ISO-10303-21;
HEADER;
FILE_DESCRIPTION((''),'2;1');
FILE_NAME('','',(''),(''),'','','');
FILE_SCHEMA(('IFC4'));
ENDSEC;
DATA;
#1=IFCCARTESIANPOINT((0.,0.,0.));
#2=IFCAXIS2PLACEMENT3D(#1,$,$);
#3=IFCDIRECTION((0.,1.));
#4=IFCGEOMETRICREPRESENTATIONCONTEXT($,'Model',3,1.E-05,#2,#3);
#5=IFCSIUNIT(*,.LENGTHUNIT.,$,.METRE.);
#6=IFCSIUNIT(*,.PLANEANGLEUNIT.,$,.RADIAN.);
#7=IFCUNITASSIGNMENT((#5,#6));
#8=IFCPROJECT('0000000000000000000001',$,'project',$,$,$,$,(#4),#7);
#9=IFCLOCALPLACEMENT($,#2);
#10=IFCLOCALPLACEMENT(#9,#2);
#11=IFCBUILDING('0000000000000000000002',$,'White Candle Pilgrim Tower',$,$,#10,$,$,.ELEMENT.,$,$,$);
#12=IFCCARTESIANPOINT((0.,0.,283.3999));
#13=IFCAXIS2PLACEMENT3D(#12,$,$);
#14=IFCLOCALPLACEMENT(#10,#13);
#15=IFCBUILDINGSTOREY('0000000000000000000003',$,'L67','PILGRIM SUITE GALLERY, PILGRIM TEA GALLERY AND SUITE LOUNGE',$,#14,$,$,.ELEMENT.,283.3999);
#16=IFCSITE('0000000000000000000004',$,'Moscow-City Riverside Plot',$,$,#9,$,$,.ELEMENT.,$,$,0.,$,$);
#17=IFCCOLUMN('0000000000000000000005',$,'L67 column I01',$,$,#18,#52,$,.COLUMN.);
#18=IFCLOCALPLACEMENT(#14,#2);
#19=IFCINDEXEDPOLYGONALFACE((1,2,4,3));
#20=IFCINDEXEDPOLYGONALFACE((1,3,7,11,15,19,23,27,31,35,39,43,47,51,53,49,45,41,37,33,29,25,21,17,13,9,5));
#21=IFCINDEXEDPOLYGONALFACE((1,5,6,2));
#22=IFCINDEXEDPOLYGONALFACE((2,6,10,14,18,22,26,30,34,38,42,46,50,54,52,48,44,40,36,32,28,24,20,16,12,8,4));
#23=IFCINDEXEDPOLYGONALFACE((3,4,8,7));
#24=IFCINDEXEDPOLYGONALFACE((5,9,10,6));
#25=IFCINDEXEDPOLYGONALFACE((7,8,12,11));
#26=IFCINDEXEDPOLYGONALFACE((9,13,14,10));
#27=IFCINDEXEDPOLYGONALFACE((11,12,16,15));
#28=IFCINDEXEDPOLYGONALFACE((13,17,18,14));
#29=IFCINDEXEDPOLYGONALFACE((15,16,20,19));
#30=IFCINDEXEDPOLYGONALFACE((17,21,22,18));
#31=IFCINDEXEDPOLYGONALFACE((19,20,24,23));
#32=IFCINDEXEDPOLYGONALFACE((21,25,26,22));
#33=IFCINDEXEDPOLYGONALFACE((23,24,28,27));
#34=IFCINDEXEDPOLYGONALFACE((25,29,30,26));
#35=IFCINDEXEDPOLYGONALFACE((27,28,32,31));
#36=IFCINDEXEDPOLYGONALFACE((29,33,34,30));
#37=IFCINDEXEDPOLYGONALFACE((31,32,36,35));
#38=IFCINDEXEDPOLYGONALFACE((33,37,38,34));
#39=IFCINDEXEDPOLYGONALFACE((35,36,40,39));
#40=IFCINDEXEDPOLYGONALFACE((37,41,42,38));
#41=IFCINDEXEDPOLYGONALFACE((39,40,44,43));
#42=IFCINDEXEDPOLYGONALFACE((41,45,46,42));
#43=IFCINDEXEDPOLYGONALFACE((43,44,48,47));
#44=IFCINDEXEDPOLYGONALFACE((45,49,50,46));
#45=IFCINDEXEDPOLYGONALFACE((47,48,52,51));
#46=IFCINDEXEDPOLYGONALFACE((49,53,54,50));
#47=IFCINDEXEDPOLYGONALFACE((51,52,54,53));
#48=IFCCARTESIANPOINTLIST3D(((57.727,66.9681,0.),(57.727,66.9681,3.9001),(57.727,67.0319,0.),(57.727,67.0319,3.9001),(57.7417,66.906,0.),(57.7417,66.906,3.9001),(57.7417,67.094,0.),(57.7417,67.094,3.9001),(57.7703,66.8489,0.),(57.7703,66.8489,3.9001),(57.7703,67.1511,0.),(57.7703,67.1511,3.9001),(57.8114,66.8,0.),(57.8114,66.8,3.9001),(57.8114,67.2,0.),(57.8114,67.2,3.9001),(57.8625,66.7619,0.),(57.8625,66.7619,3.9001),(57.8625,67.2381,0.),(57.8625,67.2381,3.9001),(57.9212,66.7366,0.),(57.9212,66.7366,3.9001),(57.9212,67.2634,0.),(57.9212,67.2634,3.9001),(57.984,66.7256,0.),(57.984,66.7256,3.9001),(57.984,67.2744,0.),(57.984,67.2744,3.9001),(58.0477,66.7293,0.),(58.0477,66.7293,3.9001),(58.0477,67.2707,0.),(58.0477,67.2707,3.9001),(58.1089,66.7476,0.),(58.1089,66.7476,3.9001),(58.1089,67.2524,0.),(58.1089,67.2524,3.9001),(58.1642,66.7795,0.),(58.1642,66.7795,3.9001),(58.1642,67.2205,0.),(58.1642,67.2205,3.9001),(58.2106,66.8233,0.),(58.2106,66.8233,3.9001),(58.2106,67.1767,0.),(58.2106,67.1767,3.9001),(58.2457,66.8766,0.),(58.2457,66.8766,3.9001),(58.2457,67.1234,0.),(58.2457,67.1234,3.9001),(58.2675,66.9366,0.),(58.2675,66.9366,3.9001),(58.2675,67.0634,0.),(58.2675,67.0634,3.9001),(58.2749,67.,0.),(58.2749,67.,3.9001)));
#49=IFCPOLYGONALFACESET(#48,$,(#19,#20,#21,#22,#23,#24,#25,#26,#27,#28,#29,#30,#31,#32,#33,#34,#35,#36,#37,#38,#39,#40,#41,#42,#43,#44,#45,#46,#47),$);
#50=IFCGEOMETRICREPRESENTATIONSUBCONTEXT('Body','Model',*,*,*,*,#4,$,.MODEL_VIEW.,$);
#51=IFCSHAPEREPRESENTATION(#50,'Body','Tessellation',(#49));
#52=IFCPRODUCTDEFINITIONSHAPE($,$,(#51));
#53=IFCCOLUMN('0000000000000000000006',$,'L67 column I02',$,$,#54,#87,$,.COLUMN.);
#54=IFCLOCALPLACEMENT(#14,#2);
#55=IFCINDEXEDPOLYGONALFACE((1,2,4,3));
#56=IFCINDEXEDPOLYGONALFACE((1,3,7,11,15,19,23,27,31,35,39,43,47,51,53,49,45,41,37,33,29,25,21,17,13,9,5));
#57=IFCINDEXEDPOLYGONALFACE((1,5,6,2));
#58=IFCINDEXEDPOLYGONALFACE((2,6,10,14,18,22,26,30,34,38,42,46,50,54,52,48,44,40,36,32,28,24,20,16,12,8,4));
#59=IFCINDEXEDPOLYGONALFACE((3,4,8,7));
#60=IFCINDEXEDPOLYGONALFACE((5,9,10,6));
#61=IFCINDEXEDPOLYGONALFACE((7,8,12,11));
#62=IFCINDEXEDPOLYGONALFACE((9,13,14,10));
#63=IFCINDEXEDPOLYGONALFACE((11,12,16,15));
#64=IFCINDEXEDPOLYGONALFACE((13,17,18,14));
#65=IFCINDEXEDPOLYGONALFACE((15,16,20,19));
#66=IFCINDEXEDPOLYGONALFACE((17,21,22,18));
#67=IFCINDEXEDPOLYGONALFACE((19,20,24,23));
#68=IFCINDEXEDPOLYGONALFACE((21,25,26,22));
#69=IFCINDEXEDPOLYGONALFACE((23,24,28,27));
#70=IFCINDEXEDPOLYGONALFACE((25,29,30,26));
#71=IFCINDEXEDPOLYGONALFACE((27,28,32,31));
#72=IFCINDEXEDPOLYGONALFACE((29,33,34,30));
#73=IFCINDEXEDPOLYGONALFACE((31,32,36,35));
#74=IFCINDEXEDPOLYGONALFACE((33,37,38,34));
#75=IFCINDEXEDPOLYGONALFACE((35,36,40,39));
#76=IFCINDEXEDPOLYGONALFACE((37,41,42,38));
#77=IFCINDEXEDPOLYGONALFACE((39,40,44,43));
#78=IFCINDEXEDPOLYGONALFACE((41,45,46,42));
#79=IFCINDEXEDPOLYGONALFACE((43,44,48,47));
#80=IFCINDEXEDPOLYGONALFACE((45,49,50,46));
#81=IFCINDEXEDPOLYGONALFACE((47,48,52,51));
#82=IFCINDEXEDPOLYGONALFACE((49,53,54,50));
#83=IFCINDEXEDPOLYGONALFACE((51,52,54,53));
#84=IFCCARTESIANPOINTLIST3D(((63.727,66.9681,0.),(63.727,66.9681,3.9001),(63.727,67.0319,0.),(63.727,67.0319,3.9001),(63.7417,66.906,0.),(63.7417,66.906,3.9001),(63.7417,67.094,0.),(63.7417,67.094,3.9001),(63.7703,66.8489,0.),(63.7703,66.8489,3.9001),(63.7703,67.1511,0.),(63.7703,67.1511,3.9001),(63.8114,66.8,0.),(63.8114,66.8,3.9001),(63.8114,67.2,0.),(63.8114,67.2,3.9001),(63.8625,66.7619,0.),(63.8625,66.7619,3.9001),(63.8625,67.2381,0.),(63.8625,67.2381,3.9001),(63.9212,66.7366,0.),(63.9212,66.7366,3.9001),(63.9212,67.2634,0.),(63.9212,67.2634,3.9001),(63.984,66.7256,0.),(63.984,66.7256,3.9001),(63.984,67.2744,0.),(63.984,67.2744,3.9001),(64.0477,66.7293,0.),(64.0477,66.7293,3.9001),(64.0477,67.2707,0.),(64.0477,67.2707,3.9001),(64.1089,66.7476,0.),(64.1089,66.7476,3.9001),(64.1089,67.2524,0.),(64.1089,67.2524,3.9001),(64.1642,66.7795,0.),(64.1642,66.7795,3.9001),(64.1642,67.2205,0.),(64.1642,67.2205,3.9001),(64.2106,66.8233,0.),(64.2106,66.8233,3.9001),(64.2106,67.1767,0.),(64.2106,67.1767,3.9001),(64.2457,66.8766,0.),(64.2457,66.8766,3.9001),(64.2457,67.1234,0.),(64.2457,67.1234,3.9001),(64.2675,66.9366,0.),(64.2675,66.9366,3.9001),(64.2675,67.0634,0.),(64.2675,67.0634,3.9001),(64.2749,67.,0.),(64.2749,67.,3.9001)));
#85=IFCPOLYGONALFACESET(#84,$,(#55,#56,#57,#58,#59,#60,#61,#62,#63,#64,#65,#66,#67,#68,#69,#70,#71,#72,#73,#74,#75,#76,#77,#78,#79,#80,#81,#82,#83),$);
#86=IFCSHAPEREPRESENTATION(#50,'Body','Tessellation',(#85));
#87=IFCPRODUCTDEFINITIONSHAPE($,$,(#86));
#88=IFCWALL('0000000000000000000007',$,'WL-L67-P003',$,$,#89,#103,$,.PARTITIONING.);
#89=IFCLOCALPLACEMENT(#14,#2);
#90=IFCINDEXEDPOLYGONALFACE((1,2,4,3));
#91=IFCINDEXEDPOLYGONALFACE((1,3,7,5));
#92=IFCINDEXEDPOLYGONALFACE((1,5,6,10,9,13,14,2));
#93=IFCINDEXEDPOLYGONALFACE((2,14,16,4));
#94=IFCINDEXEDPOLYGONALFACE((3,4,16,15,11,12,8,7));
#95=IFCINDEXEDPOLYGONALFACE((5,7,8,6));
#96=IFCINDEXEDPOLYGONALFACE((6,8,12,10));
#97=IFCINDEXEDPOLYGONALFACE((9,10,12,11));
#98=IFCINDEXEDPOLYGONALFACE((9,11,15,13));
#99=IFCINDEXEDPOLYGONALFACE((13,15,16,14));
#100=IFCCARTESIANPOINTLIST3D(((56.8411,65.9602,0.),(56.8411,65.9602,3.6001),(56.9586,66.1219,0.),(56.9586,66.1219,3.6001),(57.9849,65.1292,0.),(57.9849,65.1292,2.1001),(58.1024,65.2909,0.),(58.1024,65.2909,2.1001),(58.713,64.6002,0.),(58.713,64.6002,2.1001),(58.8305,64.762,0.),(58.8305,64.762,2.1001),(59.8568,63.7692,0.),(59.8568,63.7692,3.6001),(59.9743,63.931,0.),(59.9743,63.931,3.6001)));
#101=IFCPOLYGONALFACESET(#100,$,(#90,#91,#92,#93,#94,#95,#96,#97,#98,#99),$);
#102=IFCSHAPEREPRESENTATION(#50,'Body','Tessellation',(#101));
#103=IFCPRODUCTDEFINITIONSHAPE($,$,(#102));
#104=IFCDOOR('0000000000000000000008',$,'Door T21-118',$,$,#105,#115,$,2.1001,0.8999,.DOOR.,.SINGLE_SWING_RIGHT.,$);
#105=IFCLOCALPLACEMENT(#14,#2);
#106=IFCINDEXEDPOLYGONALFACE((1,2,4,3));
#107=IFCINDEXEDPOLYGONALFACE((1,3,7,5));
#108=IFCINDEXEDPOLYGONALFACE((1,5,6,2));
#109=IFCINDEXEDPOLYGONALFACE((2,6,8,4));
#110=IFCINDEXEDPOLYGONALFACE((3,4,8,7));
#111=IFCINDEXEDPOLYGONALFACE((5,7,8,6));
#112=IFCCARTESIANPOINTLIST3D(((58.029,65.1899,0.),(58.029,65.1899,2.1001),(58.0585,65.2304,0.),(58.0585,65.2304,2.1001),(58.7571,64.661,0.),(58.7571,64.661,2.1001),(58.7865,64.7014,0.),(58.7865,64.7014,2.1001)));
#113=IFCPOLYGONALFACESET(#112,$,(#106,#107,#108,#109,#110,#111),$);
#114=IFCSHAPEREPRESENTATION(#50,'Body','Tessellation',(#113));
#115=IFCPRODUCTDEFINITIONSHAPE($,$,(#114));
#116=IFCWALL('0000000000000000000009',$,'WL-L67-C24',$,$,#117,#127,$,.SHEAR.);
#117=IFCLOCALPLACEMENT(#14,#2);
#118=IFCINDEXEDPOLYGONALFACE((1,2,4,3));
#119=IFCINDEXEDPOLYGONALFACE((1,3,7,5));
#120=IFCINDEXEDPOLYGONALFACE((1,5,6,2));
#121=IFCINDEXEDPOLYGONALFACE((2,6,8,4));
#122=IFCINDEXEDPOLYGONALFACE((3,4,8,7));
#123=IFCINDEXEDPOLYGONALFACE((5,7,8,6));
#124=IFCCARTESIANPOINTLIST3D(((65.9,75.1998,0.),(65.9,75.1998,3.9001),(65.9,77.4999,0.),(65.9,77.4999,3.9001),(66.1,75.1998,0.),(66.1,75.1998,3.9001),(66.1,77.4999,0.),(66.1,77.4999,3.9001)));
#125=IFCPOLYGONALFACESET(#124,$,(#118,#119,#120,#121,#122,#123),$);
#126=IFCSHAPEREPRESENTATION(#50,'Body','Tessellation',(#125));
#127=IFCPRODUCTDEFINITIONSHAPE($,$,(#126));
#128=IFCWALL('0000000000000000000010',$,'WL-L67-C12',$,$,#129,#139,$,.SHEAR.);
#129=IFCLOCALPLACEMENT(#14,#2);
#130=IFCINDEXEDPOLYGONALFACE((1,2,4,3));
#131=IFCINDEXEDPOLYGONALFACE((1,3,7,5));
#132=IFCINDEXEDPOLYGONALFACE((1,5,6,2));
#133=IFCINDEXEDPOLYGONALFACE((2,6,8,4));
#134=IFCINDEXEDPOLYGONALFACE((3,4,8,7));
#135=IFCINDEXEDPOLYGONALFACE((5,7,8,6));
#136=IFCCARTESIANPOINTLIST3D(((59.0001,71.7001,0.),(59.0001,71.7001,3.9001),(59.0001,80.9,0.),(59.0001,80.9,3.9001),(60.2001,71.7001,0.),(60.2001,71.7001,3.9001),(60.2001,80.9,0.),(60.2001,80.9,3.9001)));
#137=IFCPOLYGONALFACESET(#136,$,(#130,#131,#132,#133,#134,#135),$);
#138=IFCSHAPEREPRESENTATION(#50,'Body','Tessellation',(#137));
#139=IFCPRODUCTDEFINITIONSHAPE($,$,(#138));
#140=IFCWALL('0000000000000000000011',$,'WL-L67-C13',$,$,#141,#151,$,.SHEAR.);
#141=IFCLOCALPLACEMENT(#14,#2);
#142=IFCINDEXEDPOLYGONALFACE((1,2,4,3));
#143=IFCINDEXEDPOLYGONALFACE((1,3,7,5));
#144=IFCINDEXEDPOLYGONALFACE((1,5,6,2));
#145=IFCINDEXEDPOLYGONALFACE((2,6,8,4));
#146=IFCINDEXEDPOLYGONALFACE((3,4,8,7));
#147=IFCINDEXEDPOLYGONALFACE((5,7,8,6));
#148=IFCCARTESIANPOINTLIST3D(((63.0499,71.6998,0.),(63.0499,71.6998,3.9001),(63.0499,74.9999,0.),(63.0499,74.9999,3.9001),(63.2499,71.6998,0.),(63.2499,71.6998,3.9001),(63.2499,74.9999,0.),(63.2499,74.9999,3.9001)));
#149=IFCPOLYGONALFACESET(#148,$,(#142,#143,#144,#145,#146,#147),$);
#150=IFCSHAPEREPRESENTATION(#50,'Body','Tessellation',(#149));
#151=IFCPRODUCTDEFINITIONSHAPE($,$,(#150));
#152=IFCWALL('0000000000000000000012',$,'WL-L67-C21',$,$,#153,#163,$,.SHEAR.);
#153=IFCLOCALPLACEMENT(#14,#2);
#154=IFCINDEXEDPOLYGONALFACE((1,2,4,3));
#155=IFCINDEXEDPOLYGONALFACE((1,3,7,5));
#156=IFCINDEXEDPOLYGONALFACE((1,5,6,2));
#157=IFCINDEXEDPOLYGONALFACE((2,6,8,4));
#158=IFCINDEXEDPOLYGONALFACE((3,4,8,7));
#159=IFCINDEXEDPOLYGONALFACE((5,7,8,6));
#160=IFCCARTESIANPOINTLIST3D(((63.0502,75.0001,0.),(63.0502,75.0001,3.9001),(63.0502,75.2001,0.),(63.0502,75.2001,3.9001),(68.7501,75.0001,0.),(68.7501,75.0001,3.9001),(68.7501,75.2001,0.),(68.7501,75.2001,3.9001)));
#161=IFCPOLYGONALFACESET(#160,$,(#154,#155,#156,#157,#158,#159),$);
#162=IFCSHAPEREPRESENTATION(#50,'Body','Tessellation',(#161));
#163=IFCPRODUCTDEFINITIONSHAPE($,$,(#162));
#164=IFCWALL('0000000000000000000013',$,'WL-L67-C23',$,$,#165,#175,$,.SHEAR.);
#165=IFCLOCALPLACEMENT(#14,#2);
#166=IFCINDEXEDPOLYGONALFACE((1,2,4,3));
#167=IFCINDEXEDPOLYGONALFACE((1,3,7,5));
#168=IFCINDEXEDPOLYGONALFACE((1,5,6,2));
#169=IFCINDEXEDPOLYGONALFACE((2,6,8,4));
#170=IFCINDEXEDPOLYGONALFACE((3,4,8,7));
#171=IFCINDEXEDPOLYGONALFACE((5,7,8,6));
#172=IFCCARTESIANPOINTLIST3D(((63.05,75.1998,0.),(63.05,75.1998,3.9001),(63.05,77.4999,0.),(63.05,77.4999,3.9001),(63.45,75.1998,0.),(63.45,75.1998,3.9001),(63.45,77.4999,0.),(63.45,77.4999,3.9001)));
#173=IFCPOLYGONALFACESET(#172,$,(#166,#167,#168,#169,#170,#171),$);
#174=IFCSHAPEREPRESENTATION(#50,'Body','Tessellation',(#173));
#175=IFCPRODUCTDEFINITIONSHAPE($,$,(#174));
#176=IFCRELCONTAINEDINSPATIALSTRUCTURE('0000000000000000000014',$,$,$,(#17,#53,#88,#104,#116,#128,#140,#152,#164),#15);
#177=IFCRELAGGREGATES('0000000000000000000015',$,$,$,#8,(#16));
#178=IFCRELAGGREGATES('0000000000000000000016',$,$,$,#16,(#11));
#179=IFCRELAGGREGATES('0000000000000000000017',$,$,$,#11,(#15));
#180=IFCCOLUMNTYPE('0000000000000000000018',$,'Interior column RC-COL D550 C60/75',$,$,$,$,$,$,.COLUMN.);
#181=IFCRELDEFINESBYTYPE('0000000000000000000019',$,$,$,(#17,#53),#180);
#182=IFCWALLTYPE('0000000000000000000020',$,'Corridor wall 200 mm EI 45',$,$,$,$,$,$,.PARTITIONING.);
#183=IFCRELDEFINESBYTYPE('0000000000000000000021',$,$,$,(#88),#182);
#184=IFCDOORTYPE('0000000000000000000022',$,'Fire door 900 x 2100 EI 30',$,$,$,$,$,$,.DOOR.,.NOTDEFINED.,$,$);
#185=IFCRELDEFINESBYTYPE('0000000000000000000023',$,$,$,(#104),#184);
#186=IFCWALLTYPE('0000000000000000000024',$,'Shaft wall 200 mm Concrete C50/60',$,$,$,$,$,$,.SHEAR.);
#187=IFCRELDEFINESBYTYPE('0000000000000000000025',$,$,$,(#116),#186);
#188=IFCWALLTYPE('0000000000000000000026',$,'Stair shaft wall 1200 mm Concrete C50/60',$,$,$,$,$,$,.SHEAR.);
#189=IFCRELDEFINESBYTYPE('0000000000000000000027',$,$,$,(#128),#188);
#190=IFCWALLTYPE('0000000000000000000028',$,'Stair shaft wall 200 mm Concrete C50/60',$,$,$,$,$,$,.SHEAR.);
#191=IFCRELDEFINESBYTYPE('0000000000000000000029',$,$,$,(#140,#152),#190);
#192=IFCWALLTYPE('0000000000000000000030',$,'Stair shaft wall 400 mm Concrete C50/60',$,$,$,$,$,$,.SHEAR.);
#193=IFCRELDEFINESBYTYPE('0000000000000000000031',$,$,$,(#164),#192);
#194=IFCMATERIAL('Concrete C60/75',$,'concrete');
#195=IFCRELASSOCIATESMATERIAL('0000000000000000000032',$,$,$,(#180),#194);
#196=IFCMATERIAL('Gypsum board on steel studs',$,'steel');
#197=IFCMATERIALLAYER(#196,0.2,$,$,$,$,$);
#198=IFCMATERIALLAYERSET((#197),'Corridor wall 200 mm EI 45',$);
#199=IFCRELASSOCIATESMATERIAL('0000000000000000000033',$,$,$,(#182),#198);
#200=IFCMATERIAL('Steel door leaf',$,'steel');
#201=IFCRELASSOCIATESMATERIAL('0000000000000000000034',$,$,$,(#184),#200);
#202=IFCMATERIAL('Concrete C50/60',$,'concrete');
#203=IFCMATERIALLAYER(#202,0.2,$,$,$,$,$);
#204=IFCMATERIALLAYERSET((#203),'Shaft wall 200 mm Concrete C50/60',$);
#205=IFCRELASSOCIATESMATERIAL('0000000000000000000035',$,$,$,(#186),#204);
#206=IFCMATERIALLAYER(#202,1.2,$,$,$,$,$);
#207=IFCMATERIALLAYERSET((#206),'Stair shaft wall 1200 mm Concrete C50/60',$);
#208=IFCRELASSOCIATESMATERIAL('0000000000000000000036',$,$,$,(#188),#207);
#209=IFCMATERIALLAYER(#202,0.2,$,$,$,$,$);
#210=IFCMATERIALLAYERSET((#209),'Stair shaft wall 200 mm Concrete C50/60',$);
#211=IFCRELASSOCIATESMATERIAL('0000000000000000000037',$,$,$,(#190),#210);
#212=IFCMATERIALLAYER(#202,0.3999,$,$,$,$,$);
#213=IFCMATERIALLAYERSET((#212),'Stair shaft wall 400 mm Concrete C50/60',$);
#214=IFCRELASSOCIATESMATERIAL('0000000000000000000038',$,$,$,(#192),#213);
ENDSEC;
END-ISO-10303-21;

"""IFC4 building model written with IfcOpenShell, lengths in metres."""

from ifc_helpers import new_model, si_unit, direction, frame, frame_2d, origin, origin_2d, place, context, subcontext, project, spatial, rectangle, circle, extrude, material, layer, layer_set, material_profile, profile_set, type_object, element, fill, save


model = new_model("IFC4")

# Units and contexts
model_context = context("Model", 3, precision=1e-05, world=origin(), true_north=direction((0.0, 1.0)))
body_context = subcontext(model_context, "Body", "Model", "MODEL_VIEW")
ifc_project = project(units=[si_unit("LENGTHUNIT", "METRE"), si_unit("PLANEANGLEUNIT", "RADIAN")], contexts=[model_context])

# Site, building, storey
site_placement = place(None, origin())
site = spatial("IfcSite", under=ifc_project, at=site_placement, Name="Moscow-City Riverside Plot", CompositionType="ELEMENT", RefElevation=0.0)
building_placement = place(site_placement, origin())
building = spatial("IfcBuilding", under=site, at=building_placement, Name="White Candle Pilgrim Tower", CompositionType="ELEMENT")
storey_placement = place(building_placement, frame((0.0, 0.0, 283.3999)))
storey = spatial("IfcBuildingStorey", under=building, at=storey_placement, Name="L67", Description="PILGRIM SUITE GALLERY, PILGRIM TEA GALLERY AND SUITE LOUNGE", CompositionType="ELEMENT", Elevation=283.3999)

# Columns
ifc_material_1 = material(Name="Concrete C60/75", Category="concrete")
ifc_material_profile = material_profile(ifc_material_1, circle(Radius=0.2749, at=origin_2d()), Name="RC-COL D550")
ifc_profile_set = profile_set([ifc_material_profile], Name="Concrete C60/75")
column_type = type_object("IfcColumnType", Name="Interior column RC-COL D550 C60/75", PredefinedType="COLUMN", material=ifc_profile_set)
for number, where, z_axis, x_axis, name in (
    (1, (58.0, 67.0, 0.0), (0.0, 0.0, 1.0), (1.0, 0.0, 0.0), "L67 column I01"),
    (2, (64.0, 67.0, 0.0), (0.0, 0.0, 1.0), (1.0, 0.0, 0.0), "L67 column I02"),
):
    element("IfcColumn", number, at=place(storey_placement, frame(where, z_axis=z_axis, x_axis=x_axis)), inside=storey, type_object=column_type, Name=name, PredefinedType="COLUMN", context=body_context, shape_type="SweptSolid", body=[
        extrude(circle(Radius=0.2749, at=origin_2d()), origin(), (0.0, 0.0, 1.0), 3.9001),
    ])

# Wall, opening, door
ifc_material_2 = material(Name="Gypsum board on steel studs", Category="steel")
ifc_layer_1 = layer(ifc_material_2, 0.2)
ifc_layer_set_1 = layer_set([ifc_layer_1], Name="Corridor wall 200 mm EI 45")
wall_type_1 = type_object("IfcWallType", Name="Corridor wall 200 mm EI 45", PredefinedType="PARTITIONING", material=ifc_layer_set_1)
wall_1_placement = place(storey_placement, frame((59.9155, 63.8501, 0.0), z_axis=(0.0, 0.0, 1.0), x_axis=(-0.809025, 0.587774, 0.0)))
wall_1 = element("IfcWall", 3, at=wall_1_placement, inside=storey, type_object=wall_type_1, Name="WL-L67-P003", PredefinedType="PARTITIONING", context=body_context, shape_type="SweptSolid", body=[
    extrude(rectangle(XDim=3.7275, YDim=0.2, at=frame_2d((1.8638, 0.0))), origin(), (0.0, 0.0, 1.0), 3.6001),
])
opening_1_placement = place(wall_1_placement, frame((1.4138, 0.0, 0.0)))
opening_1 = element("IfcOpeningElement", 4, at=opening_1_placement, cuts=wall_1, PredefinedType="OPENING", context=body_context, shape_type="SweptSolid", body=[
    extrude(rectangle(XDim=0.8999, YDim=2.1001, at=frame_2d((0.45, 1.05))), frame((0.0, 0.1099, 0.0), z_axis=(0.0, -1.0, 0.0), x_axis=(1.0, 0.0, 0.0)), (0.0, 0.0, 1.0), 0.22),
])
ifc_material_3 = material(Name="Steel door leaf", Category="steel")
door_type_1 = type_object("IfcDoorType", Name="Fire door 900 x 2100 EI 30", OperationType="NOTDEFINED", PredefinedType="DOOR", material=ifc_material_3)
door_1_placement = place(opening_1_placement, origin())
door_1 = element("IfcDoor", 5, at=door_1_placement, inside=storey, type_object=door_type_1, Name="Door T21-118", OperationType="SINGLE_SWING_RIGHT", OverallHeight=2.1001, OverallWidth=0.8999, PredefinedType="DOOR", context=body_context, shape_type="SweptSolid", body=[
    extrude(rectangle(XDim=0.8999, YDim=2.1001, at=frame_2d((0.45, 1.05))), frame((0.0, 0.0249, 0.0), z_axis=(0.0, -1.0, 0.0), x_axis=(1.0, 0.0, 0.0)), (0.0, 0.0, 1.0), 0.05),
])
fill(opening_1, door_1)

# Walls
ifc_material_4 = material(Name="Concrete C50/60", Category="concrete")
ifc_layer_2 = layer(ifc_material_4, 0.2)
ifc_layer_set_2 = layer_set([ifc_layer_2], Name="Shaft wall 200 mm Concrete C50/60")
wall_type_2 = type_object("IfcWallType", Name="Shaft wall 200 mm Concrete C50/60", PredefinedType="SHEAR", material=ifc_layer_set_2)
wall_2_placement = place(storey_placement, frame((66.0, 75.2, 0.0), z_axis=(0.0, 0.0, 1.0), x_axis=(0.0, 1.0, 0.0)))
element("IfcWall", 6, at=wall_2_placement, inside=storey, type_object=wall_type_2, Name="WL-L67-C24", PredefinedType="SHEAR", context=body_context, shape_type="SweptSolid", body=[
    extrude(rectangle(XDim=2.3, YDim=0.2, at=frame_2d((1.1499, 0.0))), origin(), (0.0, 0.0, 1.0), 3.9001),
])
ifc_layer_3 = layer(ifc_material_4, 1.2)
ifc_layer_set_3 = layer_set([ifc_layer_3], Name="Stair shaft wall 1200 mm Concrete C50/60")
wall_type_3 = type_object("IfcWallType", Name="Stair shaft wall 1200 mm Concrete C50/60", PredefinedType="SHEAR", material=ifc_layer_set_3)
wall_3_placement = place(storey_placement, frame((59.6001, 71.7, 0.0), z_axis=(0.0, 0.0, 1.0), x_axis=(0.0, 1.0, 0.0)))
element("IfcWall", 7, at=wall_3_placement, inside=storey, type_object=wall_type_3, Name="WL-L67-C12", PredefinedType="SHEAR", context=body_context, shape_type="SweptSolid", body=[
    extrude(rectangle(XDim=9.2, YDim=1.2, at=frame_2d((4.6001, 0.0))), origin(), (0.0, 0.0, 1.0), 3.9001),
])
ifc_layer_4 = layer(ifc_material_4, 0.2)
ifc_layer_set_4 = layer_set([ifc_layer_4], Name="Stair shaft wall 200 mm Concrete C50/60")
wall_type_4 = type_object("IfcWallType", Name="Stair shaft wall 200 mm Concrete C50/60", PredefinedType="SHEAR", material=ifc_layer_set_4)
wall_4_placement = place(storey_placement, frame((63.1499, 71.7, 0.0), z_axis=(0.0, 0.0, 1.0), x_axis=(0.0, 1.0, 0.0)))
element("IfcWall", 8, at=wall_4_placement, inside=storey, type_object=wall_type_4, Name="WL-L67-C13", PredefinedType="SHEAR", context=body_context, shape_type="SweptSolid", body=[
    extrude(rectangle(XDim=3.3, YDim=0.2, at=frame_2d((1.6499, 0.0))), origin(), (0.0, 0.0, 1.0), 3.9001),
])
wall_5_placement = place(storey_placement, frame((63.05, 75.1001, 0.0), z_axis=(0.0, 0.0, 1.0), x_axis=(1.0, 0.0, 0.0)))
element("IfcWall", 9, at=wall_5_placement, inside=storey, type_object=wall_type_4, Name="WL-L67-C21", PredefinedType="SHEAR", context=body_context, shape_type="SweptSolid", body=[
    extrude(rectangle(XDim=5.7, YDim=0.2, at=frame_2d((2.8501, 0.0))), origin(), (0.0, 0.0, 1.0), 3.9001),
])
ifc_layer_5 = layer(ifc_material_4, 0.3999)
ifc_layer_set_5 = layer_set([ifc_layer_5], Name="Stair shaft wall 400 mm Concrete C50/60")
wall_type_5 = type_object("IfcWallType", Name="Stair shaft wall 400 mm Concrete C50/60", PredefinedType="SHEAR", material=ifc_layer_set_5)
wall_6_placement = place(storey_placement, frame((63.25, 75.2, 0.0), z_axis=(0.0, 0.0, 1.0), x_axis=(0.0, 1.0, 0.0)))
element("IfcWall", 10, at=wall_6_placement, inside=storey, type_object=wall_type_5, Name="WL-L67-C23", PredefinedType="SHEAR", context=body_context, shape_type="SweptSolid", body=[
    extrude(rectangle(XDim=2.3, YDim=0.3999, at=frame_2d((1.1499, 0.0))), origin(), (0.0, 0.0, 1.0), 3.9001),
])

save(model, "model.ifc")
